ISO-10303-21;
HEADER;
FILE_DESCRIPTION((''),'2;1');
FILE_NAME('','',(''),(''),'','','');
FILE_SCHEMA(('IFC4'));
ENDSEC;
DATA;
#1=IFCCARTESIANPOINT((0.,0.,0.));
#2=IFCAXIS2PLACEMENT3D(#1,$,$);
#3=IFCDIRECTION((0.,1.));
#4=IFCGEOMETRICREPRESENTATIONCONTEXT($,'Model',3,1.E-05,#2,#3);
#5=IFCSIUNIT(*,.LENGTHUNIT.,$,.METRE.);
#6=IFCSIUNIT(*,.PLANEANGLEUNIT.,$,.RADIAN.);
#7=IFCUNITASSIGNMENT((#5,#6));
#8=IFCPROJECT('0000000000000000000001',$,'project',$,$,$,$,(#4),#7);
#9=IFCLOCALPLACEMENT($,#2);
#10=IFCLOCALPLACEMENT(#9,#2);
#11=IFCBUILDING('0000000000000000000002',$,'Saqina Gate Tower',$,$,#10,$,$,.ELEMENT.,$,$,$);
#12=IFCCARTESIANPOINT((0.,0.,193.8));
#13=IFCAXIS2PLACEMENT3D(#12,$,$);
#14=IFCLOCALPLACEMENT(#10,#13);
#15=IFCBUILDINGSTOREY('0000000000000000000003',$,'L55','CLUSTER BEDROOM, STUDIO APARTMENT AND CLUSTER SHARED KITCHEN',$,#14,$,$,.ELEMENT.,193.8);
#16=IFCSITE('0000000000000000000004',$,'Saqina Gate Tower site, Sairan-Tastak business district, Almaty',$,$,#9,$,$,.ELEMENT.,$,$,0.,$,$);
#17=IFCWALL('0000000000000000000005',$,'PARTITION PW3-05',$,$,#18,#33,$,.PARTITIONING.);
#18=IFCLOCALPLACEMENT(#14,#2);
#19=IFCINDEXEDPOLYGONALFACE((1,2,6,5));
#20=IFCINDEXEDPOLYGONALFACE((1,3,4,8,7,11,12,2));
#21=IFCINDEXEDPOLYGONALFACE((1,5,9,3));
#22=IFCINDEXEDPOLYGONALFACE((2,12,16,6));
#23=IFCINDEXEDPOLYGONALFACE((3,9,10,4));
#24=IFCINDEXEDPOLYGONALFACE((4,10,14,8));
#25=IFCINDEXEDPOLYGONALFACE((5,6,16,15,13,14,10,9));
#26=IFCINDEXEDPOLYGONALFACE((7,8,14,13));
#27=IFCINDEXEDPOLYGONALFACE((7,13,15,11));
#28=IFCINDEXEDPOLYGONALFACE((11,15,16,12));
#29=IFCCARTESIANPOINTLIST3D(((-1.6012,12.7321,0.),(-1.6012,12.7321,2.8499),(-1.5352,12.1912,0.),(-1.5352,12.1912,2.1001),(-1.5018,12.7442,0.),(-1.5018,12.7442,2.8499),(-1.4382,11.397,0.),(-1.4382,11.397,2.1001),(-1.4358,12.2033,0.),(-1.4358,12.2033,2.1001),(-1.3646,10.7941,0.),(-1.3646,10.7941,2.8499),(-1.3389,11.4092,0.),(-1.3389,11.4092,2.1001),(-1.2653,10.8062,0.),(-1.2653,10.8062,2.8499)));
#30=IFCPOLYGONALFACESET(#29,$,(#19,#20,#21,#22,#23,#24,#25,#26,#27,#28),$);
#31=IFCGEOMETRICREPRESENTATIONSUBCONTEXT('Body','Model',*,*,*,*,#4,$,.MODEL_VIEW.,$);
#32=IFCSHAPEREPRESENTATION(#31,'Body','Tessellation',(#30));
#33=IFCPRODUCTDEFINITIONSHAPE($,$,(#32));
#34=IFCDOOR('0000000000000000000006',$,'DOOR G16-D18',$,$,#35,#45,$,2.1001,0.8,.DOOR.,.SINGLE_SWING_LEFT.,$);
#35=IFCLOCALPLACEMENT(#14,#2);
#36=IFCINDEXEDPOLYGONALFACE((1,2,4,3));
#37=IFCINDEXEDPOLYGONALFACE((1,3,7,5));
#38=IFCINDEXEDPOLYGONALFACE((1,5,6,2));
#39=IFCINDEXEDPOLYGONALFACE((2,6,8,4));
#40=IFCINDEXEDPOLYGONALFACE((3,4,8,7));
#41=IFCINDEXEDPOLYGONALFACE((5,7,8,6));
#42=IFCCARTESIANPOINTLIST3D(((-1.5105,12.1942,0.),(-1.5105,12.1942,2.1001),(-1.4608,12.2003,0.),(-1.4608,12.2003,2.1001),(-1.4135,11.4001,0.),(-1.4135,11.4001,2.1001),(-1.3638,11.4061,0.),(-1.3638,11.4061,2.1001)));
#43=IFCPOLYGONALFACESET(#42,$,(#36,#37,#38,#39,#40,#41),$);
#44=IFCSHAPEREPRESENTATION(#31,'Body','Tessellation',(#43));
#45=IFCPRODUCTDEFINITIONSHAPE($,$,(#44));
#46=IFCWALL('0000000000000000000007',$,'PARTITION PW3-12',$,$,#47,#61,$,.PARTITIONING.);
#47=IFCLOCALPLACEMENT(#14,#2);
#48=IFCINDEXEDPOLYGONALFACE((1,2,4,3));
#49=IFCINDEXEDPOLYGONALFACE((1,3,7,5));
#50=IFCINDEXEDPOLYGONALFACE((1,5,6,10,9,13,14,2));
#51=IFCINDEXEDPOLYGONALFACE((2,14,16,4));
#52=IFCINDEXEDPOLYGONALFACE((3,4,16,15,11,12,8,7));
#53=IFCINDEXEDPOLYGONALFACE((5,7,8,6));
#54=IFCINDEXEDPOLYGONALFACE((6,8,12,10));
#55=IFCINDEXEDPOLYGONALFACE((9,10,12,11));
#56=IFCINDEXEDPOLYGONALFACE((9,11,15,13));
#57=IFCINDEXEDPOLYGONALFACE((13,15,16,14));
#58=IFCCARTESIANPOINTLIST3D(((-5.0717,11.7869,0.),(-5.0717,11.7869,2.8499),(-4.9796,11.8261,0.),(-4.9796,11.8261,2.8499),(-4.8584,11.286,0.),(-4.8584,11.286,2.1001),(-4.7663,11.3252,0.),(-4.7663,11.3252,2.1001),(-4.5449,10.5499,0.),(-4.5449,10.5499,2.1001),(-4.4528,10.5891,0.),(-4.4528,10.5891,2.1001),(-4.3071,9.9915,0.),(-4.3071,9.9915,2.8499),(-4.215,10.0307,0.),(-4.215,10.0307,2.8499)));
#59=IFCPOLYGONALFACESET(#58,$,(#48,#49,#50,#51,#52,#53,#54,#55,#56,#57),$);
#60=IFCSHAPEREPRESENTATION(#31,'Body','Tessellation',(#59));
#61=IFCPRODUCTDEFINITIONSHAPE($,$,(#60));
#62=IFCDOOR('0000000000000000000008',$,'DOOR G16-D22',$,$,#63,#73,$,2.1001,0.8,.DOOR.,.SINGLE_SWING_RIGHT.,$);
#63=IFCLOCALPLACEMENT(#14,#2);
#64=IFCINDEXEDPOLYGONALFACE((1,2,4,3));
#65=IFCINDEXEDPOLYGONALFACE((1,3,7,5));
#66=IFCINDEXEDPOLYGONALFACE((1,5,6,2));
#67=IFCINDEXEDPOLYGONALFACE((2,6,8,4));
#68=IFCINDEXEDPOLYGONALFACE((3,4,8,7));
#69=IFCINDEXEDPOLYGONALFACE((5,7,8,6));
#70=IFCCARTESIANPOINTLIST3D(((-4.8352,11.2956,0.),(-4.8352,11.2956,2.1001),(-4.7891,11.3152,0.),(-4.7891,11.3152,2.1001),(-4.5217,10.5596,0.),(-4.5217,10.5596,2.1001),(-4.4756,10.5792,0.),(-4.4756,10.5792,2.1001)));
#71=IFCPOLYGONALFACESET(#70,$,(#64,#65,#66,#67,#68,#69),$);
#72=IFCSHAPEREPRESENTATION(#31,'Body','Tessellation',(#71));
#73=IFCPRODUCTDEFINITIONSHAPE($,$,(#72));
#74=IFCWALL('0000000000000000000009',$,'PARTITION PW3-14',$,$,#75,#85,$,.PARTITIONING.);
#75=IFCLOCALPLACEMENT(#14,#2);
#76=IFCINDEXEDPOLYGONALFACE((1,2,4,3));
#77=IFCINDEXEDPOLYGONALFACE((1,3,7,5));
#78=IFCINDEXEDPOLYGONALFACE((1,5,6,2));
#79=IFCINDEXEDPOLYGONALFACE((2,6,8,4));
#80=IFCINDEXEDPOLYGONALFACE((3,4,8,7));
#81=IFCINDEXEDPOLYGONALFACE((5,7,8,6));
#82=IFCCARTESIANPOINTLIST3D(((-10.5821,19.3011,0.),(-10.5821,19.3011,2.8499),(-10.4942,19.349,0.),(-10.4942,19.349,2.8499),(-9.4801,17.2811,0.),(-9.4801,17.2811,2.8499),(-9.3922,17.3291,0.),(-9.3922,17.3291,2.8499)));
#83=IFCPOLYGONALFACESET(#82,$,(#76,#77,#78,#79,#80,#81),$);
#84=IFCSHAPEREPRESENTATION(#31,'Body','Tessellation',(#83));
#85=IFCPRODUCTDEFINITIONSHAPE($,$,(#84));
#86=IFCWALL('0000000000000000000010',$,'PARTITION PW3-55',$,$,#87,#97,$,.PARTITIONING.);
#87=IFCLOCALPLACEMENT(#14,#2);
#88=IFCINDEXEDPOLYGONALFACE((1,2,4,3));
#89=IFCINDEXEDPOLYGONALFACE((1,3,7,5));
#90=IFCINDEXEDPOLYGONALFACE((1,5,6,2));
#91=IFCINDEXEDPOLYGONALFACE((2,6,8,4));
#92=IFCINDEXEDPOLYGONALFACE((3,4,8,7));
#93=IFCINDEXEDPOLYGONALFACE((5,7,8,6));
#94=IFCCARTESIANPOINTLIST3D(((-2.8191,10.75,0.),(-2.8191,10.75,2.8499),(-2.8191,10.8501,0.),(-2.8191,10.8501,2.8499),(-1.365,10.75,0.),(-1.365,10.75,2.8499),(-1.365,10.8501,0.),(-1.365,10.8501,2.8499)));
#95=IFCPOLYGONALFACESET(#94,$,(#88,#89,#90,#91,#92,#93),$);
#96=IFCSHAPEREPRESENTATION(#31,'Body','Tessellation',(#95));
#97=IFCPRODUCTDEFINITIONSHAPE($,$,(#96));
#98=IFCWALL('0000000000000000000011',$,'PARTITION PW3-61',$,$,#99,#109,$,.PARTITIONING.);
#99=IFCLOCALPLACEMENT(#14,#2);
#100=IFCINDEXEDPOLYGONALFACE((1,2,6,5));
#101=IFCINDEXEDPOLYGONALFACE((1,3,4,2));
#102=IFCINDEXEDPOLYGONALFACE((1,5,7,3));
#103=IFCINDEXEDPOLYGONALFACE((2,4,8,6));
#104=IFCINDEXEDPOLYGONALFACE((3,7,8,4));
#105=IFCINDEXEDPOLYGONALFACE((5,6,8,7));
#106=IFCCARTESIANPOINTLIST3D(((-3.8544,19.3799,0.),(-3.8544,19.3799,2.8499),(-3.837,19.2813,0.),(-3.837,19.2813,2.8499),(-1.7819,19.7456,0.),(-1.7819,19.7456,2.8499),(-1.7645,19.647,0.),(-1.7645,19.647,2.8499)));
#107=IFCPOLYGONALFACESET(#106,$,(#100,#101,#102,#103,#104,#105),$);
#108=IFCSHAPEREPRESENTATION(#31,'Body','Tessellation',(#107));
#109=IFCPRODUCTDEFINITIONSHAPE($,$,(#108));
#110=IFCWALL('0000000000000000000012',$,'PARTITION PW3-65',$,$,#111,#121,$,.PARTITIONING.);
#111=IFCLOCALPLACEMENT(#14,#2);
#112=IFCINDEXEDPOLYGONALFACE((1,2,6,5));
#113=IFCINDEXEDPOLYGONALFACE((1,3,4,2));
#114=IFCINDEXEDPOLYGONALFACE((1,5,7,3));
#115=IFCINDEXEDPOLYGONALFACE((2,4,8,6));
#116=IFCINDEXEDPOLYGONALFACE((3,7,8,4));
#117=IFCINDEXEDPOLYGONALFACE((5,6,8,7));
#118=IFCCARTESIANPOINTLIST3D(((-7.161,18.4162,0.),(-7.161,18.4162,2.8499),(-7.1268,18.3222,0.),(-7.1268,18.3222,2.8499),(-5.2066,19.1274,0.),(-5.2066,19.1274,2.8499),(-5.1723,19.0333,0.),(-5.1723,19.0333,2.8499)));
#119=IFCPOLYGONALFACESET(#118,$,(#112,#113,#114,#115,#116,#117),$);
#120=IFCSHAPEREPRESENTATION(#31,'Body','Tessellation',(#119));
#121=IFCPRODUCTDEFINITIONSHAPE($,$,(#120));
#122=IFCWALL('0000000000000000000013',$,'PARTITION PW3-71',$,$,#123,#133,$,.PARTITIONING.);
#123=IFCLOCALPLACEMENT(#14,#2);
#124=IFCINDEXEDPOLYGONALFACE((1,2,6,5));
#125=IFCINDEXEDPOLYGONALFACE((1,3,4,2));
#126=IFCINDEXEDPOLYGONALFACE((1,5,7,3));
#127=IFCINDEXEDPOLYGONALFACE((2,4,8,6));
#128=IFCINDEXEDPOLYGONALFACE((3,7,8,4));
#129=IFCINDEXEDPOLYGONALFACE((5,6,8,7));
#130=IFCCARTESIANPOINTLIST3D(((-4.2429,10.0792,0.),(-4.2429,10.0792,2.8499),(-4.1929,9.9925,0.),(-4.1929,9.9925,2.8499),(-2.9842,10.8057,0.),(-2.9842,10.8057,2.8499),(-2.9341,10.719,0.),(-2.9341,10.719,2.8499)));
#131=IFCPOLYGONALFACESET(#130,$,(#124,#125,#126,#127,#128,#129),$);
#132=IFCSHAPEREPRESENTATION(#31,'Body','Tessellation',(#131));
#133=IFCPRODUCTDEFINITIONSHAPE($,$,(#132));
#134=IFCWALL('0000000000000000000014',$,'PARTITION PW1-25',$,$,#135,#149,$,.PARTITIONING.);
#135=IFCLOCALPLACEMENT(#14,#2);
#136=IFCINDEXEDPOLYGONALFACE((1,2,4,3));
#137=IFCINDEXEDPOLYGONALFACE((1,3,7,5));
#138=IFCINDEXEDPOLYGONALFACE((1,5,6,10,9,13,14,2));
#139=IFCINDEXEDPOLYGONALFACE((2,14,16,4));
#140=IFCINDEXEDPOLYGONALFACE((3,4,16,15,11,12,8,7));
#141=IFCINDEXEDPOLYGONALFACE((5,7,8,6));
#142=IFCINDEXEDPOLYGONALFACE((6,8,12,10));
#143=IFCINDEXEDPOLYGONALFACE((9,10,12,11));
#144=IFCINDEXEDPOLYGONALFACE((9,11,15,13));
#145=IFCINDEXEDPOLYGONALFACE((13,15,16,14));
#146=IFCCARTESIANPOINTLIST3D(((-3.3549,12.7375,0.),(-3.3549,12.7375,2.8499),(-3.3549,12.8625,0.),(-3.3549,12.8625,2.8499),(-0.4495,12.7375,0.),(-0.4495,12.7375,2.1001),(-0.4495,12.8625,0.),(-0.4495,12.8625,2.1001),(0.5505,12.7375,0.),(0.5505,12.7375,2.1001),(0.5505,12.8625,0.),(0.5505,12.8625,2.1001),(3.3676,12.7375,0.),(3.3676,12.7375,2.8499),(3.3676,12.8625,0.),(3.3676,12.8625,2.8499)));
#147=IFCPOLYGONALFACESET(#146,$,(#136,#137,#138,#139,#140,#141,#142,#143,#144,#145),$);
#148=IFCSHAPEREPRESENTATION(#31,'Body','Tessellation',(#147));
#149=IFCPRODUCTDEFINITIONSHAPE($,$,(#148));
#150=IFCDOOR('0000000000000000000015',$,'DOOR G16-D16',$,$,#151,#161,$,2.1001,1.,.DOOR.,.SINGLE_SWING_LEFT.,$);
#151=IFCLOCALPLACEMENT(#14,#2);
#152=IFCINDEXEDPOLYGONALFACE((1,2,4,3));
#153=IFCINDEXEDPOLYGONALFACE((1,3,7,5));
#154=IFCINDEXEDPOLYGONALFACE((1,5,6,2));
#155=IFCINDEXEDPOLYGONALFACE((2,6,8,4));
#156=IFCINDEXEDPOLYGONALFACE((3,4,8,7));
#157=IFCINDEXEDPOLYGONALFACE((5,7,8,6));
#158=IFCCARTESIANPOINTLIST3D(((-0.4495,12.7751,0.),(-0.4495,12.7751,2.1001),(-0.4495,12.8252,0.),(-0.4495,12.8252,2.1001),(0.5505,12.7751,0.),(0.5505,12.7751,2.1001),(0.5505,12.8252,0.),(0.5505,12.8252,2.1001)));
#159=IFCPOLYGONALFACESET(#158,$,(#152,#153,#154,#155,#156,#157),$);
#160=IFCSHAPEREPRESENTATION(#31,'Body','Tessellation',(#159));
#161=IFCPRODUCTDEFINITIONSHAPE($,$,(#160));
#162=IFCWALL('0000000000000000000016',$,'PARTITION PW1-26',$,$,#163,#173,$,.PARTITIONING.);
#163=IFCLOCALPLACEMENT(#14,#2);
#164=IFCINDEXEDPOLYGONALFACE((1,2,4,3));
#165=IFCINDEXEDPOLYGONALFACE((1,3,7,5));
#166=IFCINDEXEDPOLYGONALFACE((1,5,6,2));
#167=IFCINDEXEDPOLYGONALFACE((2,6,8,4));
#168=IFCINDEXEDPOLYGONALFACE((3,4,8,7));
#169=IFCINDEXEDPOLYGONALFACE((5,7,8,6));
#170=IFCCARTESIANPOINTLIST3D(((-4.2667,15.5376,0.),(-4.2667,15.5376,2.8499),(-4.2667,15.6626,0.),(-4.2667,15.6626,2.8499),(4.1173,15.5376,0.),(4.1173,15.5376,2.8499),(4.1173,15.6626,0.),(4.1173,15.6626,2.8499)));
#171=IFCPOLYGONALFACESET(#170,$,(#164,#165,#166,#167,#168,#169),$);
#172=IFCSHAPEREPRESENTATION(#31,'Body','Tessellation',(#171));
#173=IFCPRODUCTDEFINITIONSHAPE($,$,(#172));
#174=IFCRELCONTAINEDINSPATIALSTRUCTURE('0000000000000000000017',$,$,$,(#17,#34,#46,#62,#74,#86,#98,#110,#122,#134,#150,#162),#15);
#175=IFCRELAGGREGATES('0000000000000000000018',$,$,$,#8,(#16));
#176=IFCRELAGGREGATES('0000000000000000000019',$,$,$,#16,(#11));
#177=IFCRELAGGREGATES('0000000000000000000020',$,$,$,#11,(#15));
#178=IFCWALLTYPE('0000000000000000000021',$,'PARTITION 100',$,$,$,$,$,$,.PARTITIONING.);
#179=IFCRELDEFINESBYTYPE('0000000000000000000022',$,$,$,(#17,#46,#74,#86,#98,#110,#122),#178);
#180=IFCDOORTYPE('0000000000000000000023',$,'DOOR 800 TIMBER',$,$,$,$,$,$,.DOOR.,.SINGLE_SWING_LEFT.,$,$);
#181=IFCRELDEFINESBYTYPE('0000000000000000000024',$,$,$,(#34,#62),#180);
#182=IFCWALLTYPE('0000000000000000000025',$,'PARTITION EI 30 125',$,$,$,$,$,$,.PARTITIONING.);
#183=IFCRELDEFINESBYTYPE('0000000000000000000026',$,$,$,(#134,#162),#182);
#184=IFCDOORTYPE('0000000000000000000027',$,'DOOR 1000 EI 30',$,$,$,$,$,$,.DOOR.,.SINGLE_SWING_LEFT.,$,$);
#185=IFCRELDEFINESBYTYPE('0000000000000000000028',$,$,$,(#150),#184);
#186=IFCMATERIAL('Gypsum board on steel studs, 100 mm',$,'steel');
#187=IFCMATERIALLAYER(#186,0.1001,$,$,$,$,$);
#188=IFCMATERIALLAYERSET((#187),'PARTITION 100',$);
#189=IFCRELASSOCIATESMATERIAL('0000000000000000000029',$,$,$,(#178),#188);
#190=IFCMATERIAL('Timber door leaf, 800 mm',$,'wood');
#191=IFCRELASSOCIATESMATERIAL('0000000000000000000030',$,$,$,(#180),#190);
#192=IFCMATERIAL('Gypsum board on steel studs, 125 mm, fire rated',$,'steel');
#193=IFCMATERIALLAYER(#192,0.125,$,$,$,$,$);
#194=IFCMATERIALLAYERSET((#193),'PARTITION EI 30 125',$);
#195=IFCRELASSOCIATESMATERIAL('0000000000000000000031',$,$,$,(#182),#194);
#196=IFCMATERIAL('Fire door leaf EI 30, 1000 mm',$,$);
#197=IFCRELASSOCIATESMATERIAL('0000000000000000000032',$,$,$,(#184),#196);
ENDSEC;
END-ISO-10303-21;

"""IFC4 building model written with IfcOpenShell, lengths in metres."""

from ifc_helpers import new_model, si_unit, direction, frame, frame_2d, origin, place, context, subcontext, project, spatial, rectangle, extrude, material, layer, layer_set, type_object, element, fill, save


model = new_model("IFC4")

# Units and contexts
model_context = context("Model", 3, precision=1e-05, world=origin(), true_north=direction((0.0, 1.0)))
body_context = subcontext(model_context, "Body", "Model", "MODEL_VIEW")
ifc_project = project(units=[si_unit("LENGTHUNIT", "METRE"), si_unit("PLANEANGLEUNIT", "RADIAN")], contexts=[model_context])

# Site, building, storey
site_placement = place(None, origin())
site = spatial("IfcSite", under=ifc_project, at=site_placement, Name="Saqina Gate Tower site, Sairan-Tastak business district, Almaty", CompositionType="ELEMENT", RefElevation=0.0)
building_placement = place(site_placement, origin())
building = spatial("IfcBuilding", under=site, at=building_placement, Name="Saqina Gate Tower", CompositionType="ELEMENT")
storey_placement = place(building_placement, frame((0.0, 0.0, 193.8)))
storey = spatial("IfcBuildingStorey", under=building, at=storey_placement, Name="L55", Description="CLUSTER BEDROOM, STUDIO APARTMENT AND CLUSTER SHARED KITCHEN", CompositionType="ELEMENT", Elevation=193.8)

# Walls, openings, doors
ifc_material_1 = material(Name="Gypsum board on steel studs, 100 mm", Category="steel")
ifc_layer_1 = layer(ifc_material_1, 0.1001)
ifc_layer_set_1 = layer_set([ifc_layer_1], Name="PARTITION 100")
wall_type_1 = type_object("IfcWallType", Name="PARTITION 100", PredefinedType="PARTITIONING", material=ifc_layer_set_1)
wall_1_placement = place(storey_placement, frame((-1.5515, 12.738, 0.0), z_axis=(0.0, 0.0, 1.0), x_axis=(0.121172, -0.992632, 0.0)))
wall_1 = element("IfcWall", 1, at=wall_1_placement, inside=storey, type_object=wall_type_1, Name="PARTITION PW3-05", PredefinedType="PARTITIONING", context=body_context, shape_type="SweptSolid", body=[
    extrude(rectangle(XDim=1.9524, YDim=0.1001, at=frame_2d((0.9761, 0.0))), origin(), (0.0, 0.0, 1.0), 2.8499),
])
opening_1_placement = place(wall_1_placement, frame((0.5449, 0.0, 0.0)))
opening_1 = element("IfcOpeningElement", 2, at=opening_1_placement, cuts=wall_1, PredefinedType="OPENING", context=body_context, shape_type="SweptSolid", body=[
    extrude(rectangle(XDim=0.8, YDim=2.1001, at=frame_2d((0.3999, 1.05))), frame((0.0, 0.062, 0.0), z_axis=(0.0, -1.0, 0.0), x_axis=(1.0, 0.0, 0.0)), (0.0, 0.0, 1.0), 0.124),
])
ifc_material_2 = material(Name="Timber door leaf, 800 mm", Category="wood")
door_type_1 = type_object("IfcDoorType", Name="DOOR 800 TIMBER", OperationType="SINGLE_SWING_LEFT", PredefinedType="DOOR", material=ifc_material_2)
door_1_placement = place(opening_1_placement, origin())
door_1 = element("IfcDoor", 3, at=door_1_placement, inside=storey, type_object=door_type_1, Name="DOOR G16-D18", OperationType="SINGLE_SWING_LEFT", OverallHeight=2.1001, OverallWidth=0.8, PredefinedType="DOOR", context=body_context, shape_type="SweptSolid", body=[
    extrude(rectangle(XDim=0.8, YDim=2.1001, at=frame_2d((0.3999, 1.05))), frame((0.0, 0.0249, 0.0), z_axis=(0.0, -1.0, 0.0), x_axis=(1.0, 0.0, 0.0)), (0.0, 0.0, 1.0), 0.05),
])
fill(opening_1, door_1)
wall_2_placement = place(storey_placement, frame((-5.0256, 11.8064, 0.0), z_axis=(0.0, 0.0, 1.0), x_axis=(0.391835, -0.920036, 0.0)))
wall_2 = element("IfcWall", 4, at=wall_2_placement, inside=storey, type_object=wall_type_1, Name="PARTITION PW3-12", PredefinedType="PARTITIONING", context=body_context, shape_type="SweptSolid", body=[
    extrude(rectangle(XDim=1.9514, YDim=0.1001, at=frame_2d((0.9756, 0.0))), origin(), (0.0, 0.0, 1.0), 2.8499),
])
opening_2_placement = place(wall_2_placement, frame((0.5444, 0.0, 0.0)))
opening_2 = element("IfcOpeningElement", 5, at=opening_2_placement, cuts=wall_2, PredefinedType="OPENING", context=body_context, shape_type="SweptSolid", body=[
    extrude(rectangle(XDim=0.8, YDim=2.1001, at=frame_2d((0.3999, 1.05))), frame((0.0, 0.062, 0.0), z_axis=(0.0, -1.0, 0.0), x_axis=(1.0, 0.0, 0.0)), (0.0, 0.0, 1.0), 0.124),
])
door_2_placement = place(opening_2_placement, frame((0.8, 0.0, 0.0), z_axis=(0.0, 0.0, 1.0), x_axis=(-1.0, 0.0, 0.0)))
door_2 = element("IfcDoor", 6, at=door_2_placement, inside=storey, type_object=door_type_1, Name="DOOR G16-D22", OperationType="SINGLE_SWING_RIGHT", OverallHeight=2.1001, OverallWidth=0.8, PredefinedType="DOOR", context=body_context, shape_type="SweptSolid", body=[
    extrude(rectangle(XDim=0.8, YDim=2.1001, at=frame_2d((0.3999, 1.05))), frame((0.0, 0.0249, 0.0), z_axis=(0.0, -1.0, 0.0), x_axis=(1.0, 0.0, 0.0)), (0.0, 0.0, 1.0), 0.05),
])
fill(opening_2, door_2)

# Walls
wall_3_placement = place(storey_placement, frame((-10.5381, 19.325, 0.0), z_axis=(0.0, 0.0, 1.0), x_axis=(0.478926, -0.877855, 0.0)))
element("IfcWall", 7, at=wall_3_placement, inside=storey, type_object=wall_type_1, Name="PARTITION PW3-14", PredefinedType="PARTITIONING", context=body_context, shape_type="SweptSolid", body=[
    extrude(rectangle(XDim=2.301, YDim=0.1001, at=frame_2d((1.1504, 0.0))), origin(), (0.0, 0.0, 1.0), 2.8499),
])
wall_4_placement = place(storey_placement, frame((-2.8191, 10.8, 0.0), z_axis=(0.0, 0.0, 1.0), x_axis=(1.0, 0.0, 0.0)))
element("IfcWall", 8, at=wall_4_placement, inside=storey, type_object=wall_type_1, Name="PARTITION PW3-55", PredefinedType="PARTITIONING", context=body_context, shape_type="SweptSolid", body=[
    extrude(rectangle(XDim=1.4541, YDim=0.1001, at=frame_2d((0.7271, 0.0))), origin(), (0.0, 0.0, 1.0), 2.8499),
])
wall_5_placement = place(storey_placement, frame((-3.8457, 19.3306, 0.0), z_axis=(0.0, 0.0, 1.0), x_axis=(0.984785, 0.173779, 0.0)))
element("IfcWall", 9, at=wall_5_placement, inside=storey, type_object=wall_type_1, Name="PARTITION PW3-61", PredefinedType="PARTITIONING", context=body_context, shape_type="SweptSolid", body=[
    extrude(rectangle(XDim=2.1045, YDim=0.1001, at=frame_2d((1.0522, 0.0))), origin(), (0.0, 0.0, 1.0), 2.8499),
])
wall_6_placement = place(storey_placement, frame((-7.144, 18.3691, 0.0), z_axis=(0.0, 0.0, 1.0), x_axis=(0.939728, 0.341922, 0.0)))
element("IfcWall", 10, at=wall_6_placement, inside=storey, type_object=wall_type_1, Name="PARTITION PW3-65", PredefinedType="PARTITIONING", context=body_context, shape_type="SweptSolid", body=[
    extrude(rectangle(XDim=2.0798, YDim=0.1001, at=frame_2d((1.04, 0.0))), origin(), (0.0, 0.0, 1.0), 2.8499),
])
wall_7_placement = place(storey_placement, frame((-4.2178, 10.0359, 0.0), z_axis=(0.0, 0.0, 1.0), x_axis=(0.866085, 0.499897, 0.0)))
element("IfcWall", 11, at=wall_7_placement, inside=storey, type_object=wall_type_1, Name="PARTITION PW3-71", PredefinedType="PARTITIONING", context=body_context, shape_type="SweptSolid", body=[
    extrude(rectangle(XDim=1.4534, YDim=0.1001, at=frame_2d((0.7266, 0.0))), origin(), (0.0, 0.0, 1.0), 2.8499),
])

# Wall, opening, door
ifc_material_3 = material(Name="Gypsum board on steel studs, 125 mm, fire rated", Category="steel")
ifc_layer_2 = layer(ifc_material_3, 0.125)
ifc_layer_set_2 = layer_set([ifc_layer_2], Name="PARTITION EI 30 125")
wall_type_2 = type_object("IfcWallType", Name="PARTITION EI 30 125", PredefinedType="PARTITIONING", material=ifc_layer_set_2)
wall_8_placement = place(storey_placement, frame((-3.355, 12.8, 0.0), z_axis=(0.0, 0.0, 1.0), x_axis=(1.0, 0.0, 0.0)))
wall_8 = element("IfcWall", 12, at=wall_8_placement, inside=storey, type_object=wall_type_2, Name="PARTITION PW1-25", PredefinedType="PARTITIONING", context=body_context, shape_type="SweptSolid", body=[
    extrude(rectangle(XDim=6.7224, YDim=0.125, at=frame_2d((3.3613, 0.0))), origin(), (0.0, 0.0, 1.0), 2.8499),
])
opening_3_placement = place(wall_8_placement, frame((2.9055, 0.0, 0.0)))
opening_3 = element("IfcOpeningElement", 13, at=opening_3_placement, cuts=wall_8, PredefinedType="OPENING", context=body_context, shape_type="SweptSolid", body=[
    extrude(rectangle(XDim=1.0, YDim=2.1001, at=frame_2d((0.5, 1.05))), frame((0.0, 0.0745, 0.0), z_axis=(0.0, -1.0, 0.0), x_axis=(1.0, 0.0, 0.0)), (0.0, 0.0, 1.0), 0.1489),
])
ifc_material_4 = material(Name="Fire door leaf EI 30, 1000 mm")
door_type_2 = type_object("IfcDoorType", Name="DOOR 1000 EI 30", OperationType="SINGLE_SWING_LEFT", PredefinedType="DOOR", material=ifc_material_4)
door_3_placement = place(opening_3_placement, frame((1.0, 0.0, 0.0), z_axis=(0.0, 0.0, 1.0), x_axis=(-1.0, 0.0, 0.0)))
door_3 = element("IfcDoor", 14, at=door_3_placement, inside=storey, type_object=door_type_2, Name="DOOR G16-D16", OperationType="SINGLE_SWING_LEFT", OverallHeight=2.1001, OverallWidth=1.0, PredefinedType="DOOR", context=body_context, shape_type="SweptSolid", body=[
    extrude(rectangle(XDim=1.0, YDim=2.1001, at=frame_2d((0.5, 1.05))), frame((0.0, 0.0249, 0.0), z_axis=(0.0, -1.0, 0.0), x_axis=(1.0, 0.0, 0.0)), (0.0, 0.0, 1.0), 0.05),
])
fill(opening_3, door_3)

# Wall
wall_9_placement = place(storey_placement, frame((-4.2666, 15.6001, 0.0), z_axis=(0.0, 0.0, 1.0), x_axis=(1.0, 0.0, 0.0)))
element("IfcWall", 15, at=wall_9_placement, inside=storey, type_object=wall_type_2, Name="PARTITION PW1-26", PredefinedType="PARTITIONING", context=body_context, shape_type="SweptSolid", body=[
    extrude(rectangle(XDim=8.384, YDim=0.125, at=frame_2d((4.1919, 0.0))), origin(), (0.0, 0.0, 1.0), 2.8499),
])

save(model, "model.ifc")
